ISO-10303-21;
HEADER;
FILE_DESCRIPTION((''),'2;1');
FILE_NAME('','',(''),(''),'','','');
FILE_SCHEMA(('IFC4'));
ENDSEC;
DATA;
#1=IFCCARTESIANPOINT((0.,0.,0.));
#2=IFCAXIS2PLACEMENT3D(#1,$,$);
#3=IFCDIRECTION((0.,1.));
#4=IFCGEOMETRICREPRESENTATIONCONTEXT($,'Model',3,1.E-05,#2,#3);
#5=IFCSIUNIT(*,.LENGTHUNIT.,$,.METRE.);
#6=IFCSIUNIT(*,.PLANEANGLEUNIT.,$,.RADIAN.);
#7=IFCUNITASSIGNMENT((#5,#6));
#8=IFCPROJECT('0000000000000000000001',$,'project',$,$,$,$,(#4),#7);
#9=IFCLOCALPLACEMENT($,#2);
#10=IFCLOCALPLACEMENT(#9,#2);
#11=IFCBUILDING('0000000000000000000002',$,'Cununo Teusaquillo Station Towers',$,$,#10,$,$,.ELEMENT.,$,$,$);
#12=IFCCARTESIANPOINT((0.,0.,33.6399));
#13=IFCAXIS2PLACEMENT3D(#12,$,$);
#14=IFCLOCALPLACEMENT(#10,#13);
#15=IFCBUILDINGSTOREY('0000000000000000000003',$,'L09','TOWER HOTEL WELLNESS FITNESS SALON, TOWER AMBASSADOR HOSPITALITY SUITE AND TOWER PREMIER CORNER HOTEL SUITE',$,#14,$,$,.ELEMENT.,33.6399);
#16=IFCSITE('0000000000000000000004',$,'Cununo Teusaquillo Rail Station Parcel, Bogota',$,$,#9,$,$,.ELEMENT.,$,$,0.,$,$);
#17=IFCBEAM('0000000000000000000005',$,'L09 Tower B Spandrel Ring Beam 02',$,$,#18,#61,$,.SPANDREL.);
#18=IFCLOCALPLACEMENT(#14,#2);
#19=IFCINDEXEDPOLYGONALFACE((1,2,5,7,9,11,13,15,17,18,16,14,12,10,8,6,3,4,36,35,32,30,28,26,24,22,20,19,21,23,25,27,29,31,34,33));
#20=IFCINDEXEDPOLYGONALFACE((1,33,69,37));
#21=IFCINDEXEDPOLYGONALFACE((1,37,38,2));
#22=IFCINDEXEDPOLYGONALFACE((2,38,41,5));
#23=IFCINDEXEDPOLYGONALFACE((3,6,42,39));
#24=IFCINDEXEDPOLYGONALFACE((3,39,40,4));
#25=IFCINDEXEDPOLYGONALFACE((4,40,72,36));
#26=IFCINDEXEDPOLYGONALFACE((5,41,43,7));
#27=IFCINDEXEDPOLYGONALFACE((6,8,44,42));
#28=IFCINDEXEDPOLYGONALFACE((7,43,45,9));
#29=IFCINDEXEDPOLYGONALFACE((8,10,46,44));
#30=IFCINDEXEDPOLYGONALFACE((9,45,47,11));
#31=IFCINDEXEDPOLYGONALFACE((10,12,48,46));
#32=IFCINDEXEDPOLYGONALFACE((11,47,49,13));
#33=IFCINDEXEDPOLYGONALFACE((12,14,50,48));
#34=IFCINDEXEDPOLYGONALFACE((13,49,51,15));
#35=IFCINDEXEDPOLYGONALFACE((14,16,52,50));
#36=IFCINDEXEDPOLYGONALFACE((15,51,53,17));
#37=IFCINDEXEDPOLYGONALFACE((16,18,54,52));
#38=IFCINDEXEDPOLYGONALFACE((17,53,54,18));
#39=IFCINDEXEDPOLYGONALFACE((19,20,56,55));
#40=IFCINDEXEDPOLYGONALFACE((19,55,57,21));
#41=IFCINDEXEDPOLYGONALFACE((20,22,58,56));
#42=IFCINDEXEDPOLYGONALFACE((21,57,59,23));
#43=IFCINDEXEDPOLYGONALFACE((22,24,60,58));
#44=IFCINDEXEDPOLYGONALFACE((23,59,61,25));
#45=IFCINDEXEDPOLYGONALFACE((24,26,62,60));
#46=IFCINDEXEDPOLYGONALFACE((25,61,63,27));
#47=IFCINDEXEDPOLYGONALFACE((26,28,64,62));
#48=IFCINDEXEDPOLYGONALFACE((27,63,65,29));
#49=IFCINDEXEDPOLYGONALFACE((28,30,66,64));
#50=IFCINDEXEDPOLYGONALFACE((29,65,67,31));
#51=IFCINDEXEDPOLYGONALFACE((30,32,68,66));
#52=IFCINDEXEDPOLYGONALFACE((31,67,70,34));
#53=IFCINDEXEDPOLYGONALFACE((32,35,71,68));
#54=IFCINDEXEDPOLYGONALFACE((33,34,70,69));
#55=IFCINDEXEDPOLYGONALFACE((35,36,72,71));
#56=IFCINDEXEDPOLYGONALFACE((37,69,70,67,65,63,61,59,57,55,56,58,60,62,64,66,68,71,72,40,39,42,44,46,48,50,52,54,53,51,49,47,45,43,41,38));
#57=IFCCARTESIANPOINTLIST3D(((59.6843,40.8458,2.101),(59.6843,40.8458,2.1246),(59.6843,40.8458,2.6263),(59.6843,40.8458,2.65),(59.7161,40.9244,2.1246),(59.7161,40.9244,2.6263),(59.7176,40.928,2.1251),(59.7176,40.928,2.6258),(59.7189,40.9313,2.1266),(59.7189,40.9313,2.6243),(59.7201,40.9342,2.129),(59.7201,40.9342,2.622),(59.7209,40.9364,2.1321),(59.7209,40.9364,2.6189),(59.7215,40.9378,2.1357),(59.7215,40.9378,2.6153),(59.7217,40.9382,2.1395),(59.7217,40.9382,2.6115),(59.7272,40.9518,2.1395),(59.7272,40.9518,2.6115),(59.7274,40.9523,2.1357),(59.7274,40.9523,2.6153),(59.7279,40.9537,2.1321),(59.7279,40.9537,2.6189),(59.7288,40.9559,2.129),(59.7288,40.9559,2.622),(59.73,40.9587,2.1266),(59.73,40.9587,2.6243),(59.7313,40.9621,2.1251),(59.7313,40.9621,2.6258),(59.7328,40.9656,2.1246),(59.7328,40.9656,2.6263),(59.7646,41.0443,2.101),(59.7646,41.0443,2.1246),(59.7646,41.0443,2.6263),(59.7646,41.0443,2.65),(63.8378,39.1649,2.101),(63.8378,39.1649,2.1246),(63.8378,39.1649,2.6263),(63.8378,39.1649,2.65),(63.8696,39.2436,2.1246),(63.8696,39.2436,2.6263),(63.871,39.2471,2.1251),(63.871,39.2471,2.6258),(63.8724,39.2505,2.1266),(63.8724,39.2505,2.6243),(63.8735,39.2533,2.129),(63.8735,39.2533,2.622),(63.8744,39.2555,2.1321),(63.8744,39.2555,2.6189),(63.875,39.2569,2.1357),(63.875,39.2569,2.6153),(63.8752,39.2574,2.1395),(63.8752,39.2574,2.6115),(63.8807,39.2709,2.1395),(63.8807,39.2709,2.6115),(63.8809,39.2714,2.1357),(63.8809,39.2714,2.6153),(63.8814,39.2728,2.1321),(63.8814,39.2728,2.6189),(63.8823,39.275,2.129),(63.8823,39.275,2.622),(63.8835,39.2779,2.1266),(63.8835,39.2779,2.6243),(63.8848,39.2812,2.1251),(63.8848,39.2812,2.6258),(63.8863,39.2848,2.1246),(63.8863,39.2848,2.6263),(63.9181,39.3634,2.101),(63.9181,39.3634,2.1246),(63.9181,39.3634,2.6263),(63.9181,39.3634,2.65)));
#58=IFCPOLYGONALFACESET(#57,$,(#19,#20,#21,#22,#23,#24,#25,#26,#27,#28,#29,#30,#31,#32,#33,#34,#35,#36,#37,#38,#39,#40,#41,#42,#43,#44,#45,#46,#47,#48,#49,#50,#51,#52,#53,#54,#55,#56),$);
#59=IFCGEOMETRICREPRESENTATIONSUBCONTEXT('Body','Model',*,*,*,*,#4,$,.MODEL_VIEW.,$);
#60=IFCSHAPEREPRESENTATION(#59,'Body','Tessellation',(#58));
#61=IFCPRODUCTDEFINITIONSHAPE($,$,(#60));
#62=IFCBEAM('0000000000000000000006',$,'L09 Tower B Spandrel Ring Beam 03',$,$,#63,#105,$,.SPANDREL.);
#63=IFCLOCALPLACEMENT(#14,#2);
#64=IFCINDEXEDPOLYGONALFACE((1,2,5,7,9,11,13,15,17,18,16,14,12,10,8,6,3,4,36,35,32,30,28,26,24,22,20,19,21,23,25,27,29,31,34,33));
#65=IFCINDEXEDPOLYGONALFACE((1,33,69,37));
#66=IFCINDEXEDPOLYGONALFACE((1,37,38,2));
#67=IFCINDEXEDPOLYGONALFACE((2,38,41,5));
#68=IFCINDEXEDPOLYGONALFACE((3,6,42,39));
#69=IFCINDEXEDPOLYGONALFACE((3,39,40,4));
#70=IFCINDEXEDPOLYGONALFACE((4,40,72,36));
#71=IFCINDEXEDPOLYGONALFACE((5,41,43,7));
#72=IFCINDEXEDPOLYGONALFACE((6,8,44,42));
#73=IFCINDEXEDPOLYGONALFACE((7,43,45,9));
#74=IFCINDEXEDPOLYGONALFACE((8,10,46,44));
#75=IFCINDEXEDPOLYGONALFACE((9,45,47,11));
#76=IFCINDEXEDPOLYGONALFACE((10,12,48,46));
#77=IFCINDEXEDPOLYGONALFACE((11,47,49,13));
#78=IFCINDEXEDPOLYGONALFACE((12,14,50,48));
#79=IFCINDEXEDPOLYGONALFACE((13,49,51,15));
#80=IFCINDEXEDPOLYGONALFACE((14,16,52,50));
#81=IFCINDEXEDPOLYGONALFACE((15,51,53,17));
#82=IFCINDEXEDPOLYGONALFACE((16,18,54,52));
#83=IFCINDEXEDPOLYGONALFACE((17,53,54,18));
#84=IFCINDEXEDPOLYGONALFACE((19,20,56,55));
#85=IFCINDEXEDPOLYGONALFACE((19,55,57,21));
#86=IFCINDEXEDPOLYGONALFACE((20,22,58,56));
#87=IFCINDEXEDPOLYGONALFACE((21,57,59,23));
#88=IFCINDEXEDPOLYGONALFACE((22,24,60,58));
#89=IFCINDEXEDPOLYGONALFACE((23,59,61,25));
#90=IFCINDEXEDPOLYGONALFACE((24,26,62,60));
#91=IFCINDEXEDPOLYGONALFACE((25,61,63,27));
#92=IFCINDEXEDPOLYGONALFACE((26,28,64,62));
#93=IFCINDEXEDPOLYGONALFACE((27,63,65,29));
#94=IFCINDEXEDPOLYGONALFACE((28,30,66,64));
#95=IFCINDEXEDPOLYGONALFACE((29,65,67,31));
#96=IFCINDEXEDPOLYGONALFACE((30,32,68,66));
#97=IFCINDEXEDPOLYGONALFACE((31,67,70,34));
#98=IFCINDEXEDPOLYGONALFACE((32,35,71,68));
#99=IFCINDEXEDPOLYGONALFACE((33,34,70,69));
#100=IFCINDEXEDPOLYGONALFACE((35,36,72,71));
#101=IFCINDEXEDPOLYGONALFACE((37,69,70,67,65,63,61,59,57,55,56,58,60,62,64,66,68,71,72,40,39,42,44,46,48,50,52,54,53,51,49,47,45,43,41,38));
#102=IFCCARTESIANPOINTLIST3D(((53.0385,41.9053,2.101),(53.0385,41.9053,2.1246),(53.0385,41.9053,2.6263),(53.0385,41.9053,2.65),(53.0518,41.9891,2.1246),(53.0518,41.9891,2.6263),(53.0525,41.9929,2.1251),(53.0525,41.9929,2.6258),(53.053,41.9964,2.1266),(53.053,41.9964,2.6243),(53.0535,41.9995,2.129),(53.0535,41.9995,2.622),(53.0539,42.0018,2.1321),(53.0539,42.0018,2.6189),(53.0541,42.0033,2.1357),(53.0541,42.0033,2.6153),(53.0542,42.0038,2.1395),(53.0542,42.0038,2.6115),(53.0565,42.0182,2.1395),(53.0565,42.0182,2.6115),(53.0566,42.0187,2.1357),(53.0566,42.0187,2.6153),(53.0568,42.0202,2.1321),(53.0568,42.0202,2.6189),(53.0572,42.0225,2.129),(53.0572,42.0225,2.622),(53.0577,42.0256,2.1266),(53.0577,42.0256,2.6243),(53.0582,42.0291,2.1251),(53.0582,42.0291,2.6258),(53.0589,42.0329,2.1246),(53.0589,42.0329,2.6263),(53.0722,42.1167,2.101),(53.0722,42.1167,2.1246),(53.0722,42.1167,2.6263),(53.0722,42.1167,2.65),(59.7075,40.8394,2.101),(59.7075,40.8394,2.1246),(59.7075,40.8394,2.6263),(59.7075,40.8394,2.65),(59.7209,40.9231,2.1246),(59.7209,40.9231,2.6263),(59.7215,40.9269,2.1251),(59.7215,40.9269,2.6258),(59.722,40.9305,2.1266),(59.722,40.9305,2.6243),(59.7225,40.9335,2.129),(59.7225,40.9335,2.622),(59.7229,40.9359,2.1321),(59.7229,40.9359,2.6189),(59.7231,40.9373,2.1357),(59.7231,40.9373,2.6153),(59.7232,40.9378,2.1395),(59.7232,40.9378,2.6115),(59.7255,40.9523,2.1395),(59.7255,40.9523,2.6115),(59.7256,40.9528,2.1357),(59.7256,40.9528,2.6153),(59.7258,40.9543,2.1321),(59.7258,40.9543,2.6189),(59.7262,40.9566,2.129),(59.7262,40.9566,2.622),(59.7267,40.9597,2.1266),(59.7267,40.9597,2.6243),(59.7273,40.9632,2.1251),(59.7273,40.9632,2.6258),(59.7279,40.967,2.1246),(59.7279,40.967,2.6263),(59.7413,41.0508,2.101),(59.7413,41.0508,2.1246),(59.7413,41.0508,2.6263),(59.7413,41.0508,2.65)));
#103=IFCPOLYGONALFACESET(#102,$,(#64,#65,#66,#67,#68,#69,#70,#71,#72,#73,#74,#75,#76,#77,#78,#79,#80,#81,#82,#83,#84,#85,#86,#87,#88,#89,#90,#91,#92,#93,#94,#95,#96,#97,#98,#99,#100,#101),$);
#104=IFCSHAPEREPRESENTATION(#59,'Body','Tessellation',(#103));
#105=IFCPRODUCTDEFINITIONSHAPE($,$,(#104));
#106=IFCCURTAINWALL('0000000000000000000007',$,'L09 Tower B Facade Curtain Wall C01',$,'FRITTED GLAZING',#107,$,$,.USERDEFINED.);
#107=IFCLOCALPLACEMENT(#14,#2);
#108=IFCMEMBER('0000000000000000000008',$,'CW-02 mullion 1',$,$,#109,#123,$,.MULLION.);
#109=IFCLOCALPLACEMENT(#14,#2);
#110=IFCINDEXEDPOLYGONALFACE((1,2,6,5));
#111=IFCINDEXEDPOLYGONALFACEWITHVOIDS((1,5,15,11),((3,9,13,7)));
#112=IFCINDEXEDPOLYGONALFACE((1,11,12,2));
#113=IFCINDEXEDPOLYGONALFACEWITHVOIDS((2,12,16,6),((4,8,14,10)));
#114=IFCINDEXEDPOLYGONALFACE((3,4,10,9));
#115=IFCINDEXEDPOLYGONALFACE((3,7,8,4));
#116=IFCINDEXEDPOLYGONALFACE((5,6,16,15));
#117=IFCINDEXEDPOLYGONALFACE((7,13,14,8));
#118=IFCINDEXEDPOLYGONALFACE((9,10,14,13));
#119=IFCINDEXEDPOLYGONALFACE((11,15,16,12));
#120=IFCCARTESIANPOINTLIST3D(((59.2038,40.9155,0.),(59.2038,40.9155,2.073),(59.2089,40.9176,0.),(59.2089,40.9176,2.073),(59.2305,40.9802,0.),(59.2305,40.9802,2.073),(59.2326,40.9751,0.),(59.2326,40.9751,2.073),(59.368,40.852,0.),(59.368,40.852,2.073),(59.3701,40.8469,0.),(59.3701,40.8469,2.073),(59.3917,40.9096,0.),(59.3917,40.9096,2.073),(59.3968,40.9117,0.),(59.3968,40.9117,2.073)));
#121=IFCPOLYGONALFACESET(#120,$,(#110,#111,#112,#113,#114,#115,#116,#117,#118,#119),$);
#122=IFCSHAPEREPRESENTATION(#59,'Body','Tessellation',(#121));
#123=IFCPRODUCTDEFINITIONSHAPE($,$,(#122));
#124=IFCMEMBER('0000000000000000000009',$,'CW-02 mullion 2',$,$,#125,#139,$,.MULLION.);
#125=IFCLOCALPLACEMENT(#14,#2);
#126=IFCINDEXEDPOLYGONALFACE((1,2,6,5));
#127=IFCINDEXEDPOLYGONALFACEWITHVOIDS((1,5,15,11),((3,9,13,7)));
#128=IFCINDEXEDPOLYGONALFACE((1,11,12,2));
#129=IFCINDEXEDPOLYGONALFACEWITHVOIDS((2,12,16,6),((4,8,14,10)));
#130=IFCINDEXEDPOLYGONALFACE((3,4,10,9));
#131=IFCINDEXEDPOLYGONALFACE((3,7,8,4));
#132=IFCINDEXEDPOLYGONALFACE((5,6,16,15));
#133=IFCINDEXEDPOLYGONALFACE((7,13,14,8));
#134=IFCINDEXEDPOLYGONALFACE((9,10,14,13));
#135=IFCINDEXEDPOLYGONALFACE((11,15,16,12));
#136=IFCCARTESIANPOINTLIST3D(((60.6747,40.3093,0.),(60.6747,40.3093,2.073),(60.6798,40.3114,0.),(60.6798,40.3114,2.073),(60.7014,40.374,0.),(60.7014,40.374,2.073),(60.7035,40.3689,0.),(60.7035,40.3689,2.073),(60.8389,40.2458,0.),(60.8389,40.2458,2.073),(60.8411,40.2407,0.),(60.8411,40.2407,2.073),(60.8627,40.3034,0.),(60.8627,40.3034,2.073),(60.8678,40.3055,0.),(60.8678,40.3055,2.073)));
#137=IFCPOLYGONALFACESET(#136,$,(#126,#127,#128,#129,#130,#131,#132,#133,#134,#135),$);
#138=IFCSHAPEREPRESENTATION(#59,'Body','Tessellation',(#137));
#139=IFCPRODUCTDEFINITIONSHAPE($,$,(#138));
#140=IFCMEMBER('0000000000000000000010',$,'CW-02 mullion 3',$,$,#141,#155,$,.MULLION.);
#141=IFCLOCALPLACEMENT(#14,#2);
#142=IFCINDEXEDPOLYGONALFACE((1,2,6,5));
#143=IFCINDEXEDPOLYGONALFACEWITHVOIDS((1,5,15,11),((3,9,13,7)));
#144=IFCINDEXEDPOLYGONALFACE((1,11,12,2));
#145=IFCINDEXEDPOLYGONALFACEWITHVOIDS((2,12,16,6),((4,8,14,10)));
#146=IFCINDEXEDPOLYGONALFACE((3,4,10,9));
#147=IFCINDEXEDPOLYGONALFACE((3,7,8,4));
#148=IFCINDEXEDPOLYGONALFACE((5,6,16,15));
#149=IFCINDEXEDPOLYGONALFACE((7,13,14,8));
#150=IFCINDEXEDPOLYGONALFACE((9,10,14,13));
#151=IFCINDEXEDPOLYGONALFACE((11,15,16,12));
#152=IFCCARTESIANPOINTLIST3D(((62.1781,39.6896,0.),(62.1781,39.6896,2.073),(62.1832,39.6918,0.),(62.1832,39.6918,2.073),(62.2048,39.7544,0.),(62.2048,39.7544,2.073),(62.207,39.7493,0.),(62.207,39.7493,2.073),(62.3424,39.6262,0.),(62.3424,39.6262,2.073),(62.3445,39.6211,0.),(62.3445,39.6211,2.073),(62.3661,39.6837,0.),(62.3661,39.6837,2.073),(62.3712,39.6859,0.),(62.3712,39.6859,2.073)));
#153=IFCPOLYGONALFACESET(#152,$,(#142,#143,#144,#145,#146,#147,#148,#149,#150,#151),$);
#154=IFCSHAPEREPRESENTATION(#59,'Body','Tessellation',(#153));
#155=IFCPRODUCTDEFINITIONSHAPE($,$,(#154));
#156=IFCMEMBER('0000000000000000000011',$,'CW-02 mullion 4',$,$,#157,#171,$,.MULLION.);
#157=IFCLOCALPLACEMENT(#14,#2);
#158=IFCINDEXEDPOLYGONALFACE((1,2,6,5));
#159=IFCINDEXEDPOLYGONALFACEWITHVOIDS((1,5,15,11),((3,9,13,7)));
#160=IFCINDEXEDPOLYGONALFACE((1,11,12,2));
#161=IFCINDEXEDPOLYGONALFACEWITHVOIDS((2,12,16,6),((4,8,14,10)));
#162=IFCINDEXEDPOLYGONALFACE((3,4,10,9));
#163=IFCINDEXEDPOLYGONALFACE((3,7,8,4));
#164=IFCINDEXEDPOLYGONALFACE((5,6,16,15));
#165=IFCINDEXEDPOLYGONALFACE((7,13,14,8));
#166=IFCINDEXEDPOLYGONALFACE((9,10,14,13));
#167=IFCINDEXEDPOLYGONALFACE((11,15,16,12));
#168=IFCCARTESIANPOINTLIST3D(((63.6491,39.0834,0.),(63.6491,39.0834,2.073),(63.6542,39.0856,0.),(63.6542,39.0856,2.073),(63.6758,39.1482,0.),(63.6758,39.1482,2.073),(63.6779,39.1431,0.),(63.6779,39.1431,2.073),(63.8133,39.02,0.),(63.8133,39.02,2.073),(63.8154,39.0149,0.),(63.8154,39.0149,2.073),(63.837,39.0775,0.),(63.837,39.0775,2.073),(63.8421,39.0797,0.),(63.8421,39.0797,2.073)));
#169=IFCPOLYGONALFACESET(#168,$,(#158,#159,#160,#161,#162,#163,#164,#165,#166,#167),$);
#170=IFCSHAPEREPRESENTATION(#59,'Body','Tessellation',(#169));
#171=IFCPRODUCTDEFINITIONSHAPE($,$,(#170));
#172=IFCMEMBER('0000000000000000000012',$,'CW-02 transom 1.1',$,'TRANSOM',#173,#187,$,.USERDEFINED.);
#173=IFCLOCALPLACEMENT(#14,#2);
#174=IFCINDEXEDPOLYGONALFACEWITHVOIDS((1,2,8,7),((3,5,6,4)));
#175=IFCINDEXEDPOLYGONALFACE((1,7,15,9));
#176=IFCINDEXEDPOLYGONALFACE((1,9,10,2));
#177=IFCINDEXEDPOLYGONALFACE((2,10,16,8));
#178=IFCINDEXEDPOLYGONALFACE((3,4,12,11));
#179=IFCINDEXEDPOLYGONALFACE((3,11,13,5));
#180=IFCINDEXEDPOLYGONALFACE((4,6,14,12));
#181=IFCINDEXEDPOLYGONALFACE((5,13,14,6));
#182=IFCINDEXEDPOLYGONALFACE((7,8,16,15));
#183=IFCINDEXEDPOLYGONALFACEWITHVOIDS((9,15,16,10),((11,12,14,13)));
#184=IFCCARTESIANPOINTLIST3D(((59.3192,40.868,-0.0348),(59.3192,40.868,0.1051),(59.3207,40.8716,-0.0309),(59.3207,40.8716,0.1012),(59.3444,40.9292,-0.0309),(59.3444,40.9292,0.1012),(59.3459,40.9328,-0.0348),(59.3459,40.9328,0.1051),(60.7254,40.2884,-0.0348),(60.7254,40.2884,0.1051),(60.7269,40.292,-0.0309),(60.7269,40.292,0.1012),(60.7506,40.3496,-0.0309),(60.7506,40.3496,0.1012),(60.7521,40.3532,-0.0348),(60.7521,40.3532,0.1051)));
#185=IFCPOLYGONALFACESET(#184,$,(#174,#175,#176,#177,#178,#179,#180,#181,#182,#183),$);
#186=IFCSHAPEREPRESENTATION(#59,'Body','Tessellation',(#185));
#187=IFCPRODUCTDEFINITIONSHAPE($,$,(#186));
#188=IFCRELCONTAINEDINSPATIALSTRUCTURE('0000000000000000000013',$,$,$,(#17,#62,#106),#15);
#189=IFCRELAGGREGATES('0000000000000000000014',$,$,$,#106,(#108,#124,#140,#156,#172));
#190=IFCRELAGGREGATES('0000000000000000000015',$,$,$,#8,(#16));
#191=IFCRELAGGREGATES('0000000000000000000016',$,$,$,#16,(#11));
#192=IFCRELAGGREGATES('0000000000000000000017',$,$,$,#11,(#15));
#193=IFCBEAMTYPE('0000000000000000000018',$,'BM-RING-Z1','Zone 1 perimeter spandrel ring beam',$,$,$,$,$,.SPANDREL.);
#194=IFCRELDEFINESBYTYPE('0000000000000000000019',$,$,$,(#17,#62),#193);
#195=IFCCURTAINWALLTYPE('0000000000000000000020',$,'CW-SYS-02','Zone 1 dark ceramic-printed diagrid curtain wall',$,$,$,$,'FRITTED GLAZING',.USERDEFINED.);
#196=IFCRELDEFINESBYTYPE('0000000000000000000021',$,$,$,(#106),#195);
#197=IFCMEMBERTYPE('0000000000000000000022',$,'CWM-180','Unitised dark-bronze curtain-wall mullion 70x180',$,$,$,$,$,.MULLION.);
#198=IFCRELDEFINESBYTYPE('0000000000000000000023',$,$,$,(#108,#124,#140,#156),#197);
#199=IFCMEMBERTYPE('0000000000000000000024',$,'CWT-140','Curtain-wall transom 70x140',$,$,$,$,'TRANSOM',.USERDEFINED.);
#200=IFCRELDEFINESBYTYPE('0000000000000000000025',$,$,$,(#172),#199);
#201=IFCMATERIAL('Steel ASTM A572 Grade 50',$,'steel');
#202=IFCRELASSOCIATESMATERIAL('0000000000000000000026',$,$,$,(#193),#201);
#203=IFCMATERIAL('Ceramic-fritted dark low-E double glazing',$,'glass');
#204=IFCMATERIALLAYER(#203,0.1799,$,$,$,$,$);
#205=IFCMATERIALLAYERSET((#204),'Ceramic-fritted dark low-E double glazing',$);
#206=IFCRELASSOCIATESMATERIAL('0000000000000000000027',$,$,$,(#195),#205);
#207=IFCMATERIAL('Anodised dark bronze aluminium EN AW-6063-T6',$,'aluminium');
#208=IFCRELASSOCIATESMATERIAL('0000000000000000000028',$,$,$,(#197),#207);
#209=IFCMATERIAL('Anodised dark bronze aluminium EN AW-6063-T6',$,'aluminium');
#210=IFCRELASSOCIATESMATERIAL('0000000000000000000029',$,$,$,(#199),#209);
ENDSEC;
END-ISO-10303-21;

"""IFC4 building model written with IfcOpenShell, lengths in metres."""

from ifc_helpers import new_model, si_unit, direction, frame, origin, origin_2d, place, context, subcontext, project, spatial, hollow_rectangle, i_section, extrude, material, layer, layer_set, material_profile, profile_set, type_object, element, aggregate, save


model = new_model("IFC4")

# Units and contexts
model_context = context("Model", 3, precision=1e-05, world=origin(), true_north=direction((0.0, 1.0)))
body_context = subcontext(model_context, "Body", "Model", "MODEL_VIEW")
ifc_project = project(units=[si_unit("LENGTHUNIT", "METRE"), si_unit("PLANEANGLEUNIT", "RADIAN")], contexts=[model_context])

# Site, building, storey
site_placement = place(None, origin())
site = spatial("IfcSite", under=ifc_project, at=site_placement, Name="Cununo Teusaquillo Rail Station Parcel, Bogota", CompositionType="ELEMENT", RefElevation=0.0)
building_placement = place(site_placement, origin())
building = spatial("IfcBuilding", under=site, at=building_placement, Name="Cununo Teusaquillo Station Towers", CompositionType="ELEMENT")
storey_placement = place(building_placement, frame((0.0, 0.0, 33.6399)))
storey = spatial("IfcBuildingStorey", under=building, at=storey_placement, Name="L09", Description="TOWER HOTEL WELLNESS FITNESS SALON, TOWER AMBASSADOR HOSPITALITY SUITE AND TOWER PREMIER CORNER HOTEL SUITE", CompositionType="ELEMENT", Elevation=33.6399)

# Beams
ifc_material_1 = material(Name="Steel ASTM A572 Grade 50", Category="steel")
ifc_material_profile_1 = material_profile(ifc_material_1, i_section(OverallWidth=0.2141, OverallDepth=0.5491, WebThickness=0.0146, FlangeThickness=0.0237, FilletRadius=0.0149, at=origin_2d()), Name="W21X93")
ifc_profile_set_1 = profile_set([ifc_material_profile_1], Name="Steel ASTM A572 Grade 50")
beam_type = type_object("IfcBeamType", Name="BM-RING-Z1", Description="Zone 1 perimeter spandrel ring beam", PredefinedType="SPANDREL", material=ifc_profile_set_1)
beam_1_placement = place(storey_placement, frame((63.8779, 39.2642, 2.3755), z_axis=(-0.92697, 0.375136, 0.0), x_axis=(-0.375136, -0.92697, 0.0)))
element("IfcBeam", 1, at=beam_1_placement, inside=storey, type_object=beam_type, Name="L09 Tower B Spandrel Ring Beam 02", PredefinedType="SPANDREL", context=body_context, shape_type="SweptSolid", body=[
    extrude(i_section(OverallWidth=0.2141, OverallDepth=0.5491, WebThickness=0.0146, FlangeThickness=0.0237, FilletRadius=0.0149, at=origin_2d()), origin(), (0.0, 0.0, 1.0), 4.4807),
])
beam_2_placement = place(storey_placement, frame((59.7244, 40.9451, 2.3755), z_axis=(-0.987466, 0.15783, 0.0), x_axis=(-0.15783, -0.987466, 0.0)))
element("IfcBeam", 2, at=beam_2_placement, inside=storey, type_object=beam_type, Name="L09 Tower B Spandrel Ring Beam 03", PredefinedType="SPANDREL", context=body_context, shape_type="SweptSolid", body=[
    extrude(i_section(OverallWidth=0.2141, OverallDepth=0.5491, WebThickness=0.0146, FlangeThickness=0.0237, FilletRadius=0.0149, at=origin_2d()), origin(), (0.0, 0.0, 1.0), 6.7537),
])

# Curtain wall, members
ifc_material_2 = material(Name="Ceramic-fritted dark low-E double glazing", Category="glass")
ifc_layer_1 = layer(ifc_material_2, 0.1799)
ifc_layer_set_1 = layer_set([ifc_layer_1], Name="Ceramic-fritted dark low-E double glazing")
curtain_wall_type = type_object("IfcCurtainWallType", Name="CW-SYS-02", Description="Zone 1 dark ceramic-printed diagrid curtain wall", ElementType="FRITTED GLAZING", PredefinedType="USERDEFINED", material=ifc_layer_set_1)
curtain_wall_placement = place(storey_placement, origin())
curtain_wall = element("IfcCurtainWall", 3, at=curtain_wall_placement, inside=storey, type_object=curtain_wall_type, Name="L09 Tower B Facade Curtain Wall C01", ObjectType="FRITTED GLAZING", PredefinedType="USERDEFINED")
ifc_material_3 = material(Name="Anodised dark bronze aluminium EN AW-6063-T6", Category="aluminium")
ifc_material_profile_2 = material_profile(ifc_material_3, hollow_rectangle(XDim=0.0701, YDim=0.1799, WallThickness=0.0039, at=origin_2d()), Name="CW-MULL-70x180")
ifc_profile_set_2 = profile_set([ifc_material_profile_2], Name="Anodised dark bronze aluminium EN AW-6063-T6")
member_type_1 = type_object("IfcMemberType", Name="CWM-180", Description="Unitised dark-bronze curtain-wall mullion 70x180", PredefinedType="MULLION", material=ifc_profile_set_2)
member_1_placement = place(storey_placement, frame((59.3003, 40.9136, 0.0), z_axis=(0.0, 0.0, 1.0), x_axis=(0.381055, 0.924552, 0.0)))
member_1 = element("IfcMember", 4, at=member_1_placement, type_object=member_type_1, Name="CW-02 mullion 1", PredefinedType="MULLION", context=body_context, shape_type="SweptSolid", body=[
    extrude(hollow_rectangle(XDim=0.0701, YDim=0.1799, WallThickness=0.0039, at=origin_2d()), origin(), (0.0, 0.0, 1.0), 2.073),
])
member_2_placement = place(storey_placement, frame((60.7712, 40.3074, 0.0), z_axis=(0.0, 0.0, 1.0), x_axis=(0.381055, 0.924552, 0.0)))
member_2 = element("IfcMember", 5, at=member_2_placement, type_object=member_type_1, Name="CW-02 mullion 2", PredefinedType="MULLION", context=body_context, shape_type="SweptSolid", body=[
    extrude(hollow_rectangle(XDim=0.0701, YDim=0.1799, WallThickness=0.0039, at=origin_2d()), origin(), (0.0, 0.0, 1.0), 2.073),
])
member_3_placement = place(storey_placement, frame((62.2747, 39.6877, 0.0), z_axis=(0.0, 0.0, 1.0), x_axis=(0.381055, 0.924552, 0.0)))
member_3 = element("IfcMember", 6, at=member_3_placement, type_object=member_type_1, Name="CW-02 mullion 3", PredefinedType="MULLION", context=body_context, shape_type="SweptSolid", body=[
    extrude(hollow_rectangle(XDim=0.0701, YDim=0.1799, WallThickness=0.0039, at=origin_2d()), origin(), (0.0, 0.0, 1.0), 2.073),
])
member_4_placement = place(storey_placement, frame((63.7456, 39.0815, 0.0), z_axis=(0.0, 0.0, 1.0), x_axis=(0.381055, 0.924552, 0.0)))
member_4 = element("IfcMember", 7, at=member_4_placement, type_object=member_type_1, Name="CW-02 mullion 4", PredefinedType="MULLION", context=body_context, shape_type="SweptSolid", body=[
    extrude(hollow_rectangle(XDim=0.0701, YDim=0.1799, WallThickness=0.0039, at=origin_2d()), origin(), (0.0, 0.0, 1.0), 2.073),
])
ifc_material_4 = material(Name="Anodised dark bronze aluminium EN AW-6063-T6", Category="aluminium")
ifc_material_profile_3 = material_profile(ifc_material_4, hollow_rectangle(XDim=0.0701, YDim=0.1399, WallThickness=0.0039, at=origin_2d()), Name="CW-TRAN-70x140")
ifc_profile_set_3 = profile_set([ifc_material_profile_3], Name="Anodised dark bronze aluminium EN AW-6063-T6")
member_type_2 = type_object("IfcMemberType", Name="CWT-140", Description="Curtain-wall transom 70x140", ElementType="TRANSOM", PredefinedType="USERDEFINED", material=ifc_profile_set_3)
member_5_placement = place(storey_placement, frame((59.3325, 40.9004, 0.0352), z_axis=(0.924552, -0.381057, 0.0), x_axis=(0.381057, 0.924552, 0.0)))
member_5 = element("IfcMember", 8, at=member_5_placement, type_object=member_type_2, Name="CW-02 transom 1.1", ObjectType="TRANSOM", PredefinedType="USERDEFINED", context=body_context, shape_type="SweptSolid", body=[
    extrude(hollow_rectangle(XDim=0.0701, YDim=0.1399, WallThickness=0.0039, at=origin_2d()), origin(), (0.0, 0.0, 1.0), 1.521),
])

aggregate(curtain_wall, [member_1, member_2, member_3, member_4, member_5])

save(model, "model.ifc")
